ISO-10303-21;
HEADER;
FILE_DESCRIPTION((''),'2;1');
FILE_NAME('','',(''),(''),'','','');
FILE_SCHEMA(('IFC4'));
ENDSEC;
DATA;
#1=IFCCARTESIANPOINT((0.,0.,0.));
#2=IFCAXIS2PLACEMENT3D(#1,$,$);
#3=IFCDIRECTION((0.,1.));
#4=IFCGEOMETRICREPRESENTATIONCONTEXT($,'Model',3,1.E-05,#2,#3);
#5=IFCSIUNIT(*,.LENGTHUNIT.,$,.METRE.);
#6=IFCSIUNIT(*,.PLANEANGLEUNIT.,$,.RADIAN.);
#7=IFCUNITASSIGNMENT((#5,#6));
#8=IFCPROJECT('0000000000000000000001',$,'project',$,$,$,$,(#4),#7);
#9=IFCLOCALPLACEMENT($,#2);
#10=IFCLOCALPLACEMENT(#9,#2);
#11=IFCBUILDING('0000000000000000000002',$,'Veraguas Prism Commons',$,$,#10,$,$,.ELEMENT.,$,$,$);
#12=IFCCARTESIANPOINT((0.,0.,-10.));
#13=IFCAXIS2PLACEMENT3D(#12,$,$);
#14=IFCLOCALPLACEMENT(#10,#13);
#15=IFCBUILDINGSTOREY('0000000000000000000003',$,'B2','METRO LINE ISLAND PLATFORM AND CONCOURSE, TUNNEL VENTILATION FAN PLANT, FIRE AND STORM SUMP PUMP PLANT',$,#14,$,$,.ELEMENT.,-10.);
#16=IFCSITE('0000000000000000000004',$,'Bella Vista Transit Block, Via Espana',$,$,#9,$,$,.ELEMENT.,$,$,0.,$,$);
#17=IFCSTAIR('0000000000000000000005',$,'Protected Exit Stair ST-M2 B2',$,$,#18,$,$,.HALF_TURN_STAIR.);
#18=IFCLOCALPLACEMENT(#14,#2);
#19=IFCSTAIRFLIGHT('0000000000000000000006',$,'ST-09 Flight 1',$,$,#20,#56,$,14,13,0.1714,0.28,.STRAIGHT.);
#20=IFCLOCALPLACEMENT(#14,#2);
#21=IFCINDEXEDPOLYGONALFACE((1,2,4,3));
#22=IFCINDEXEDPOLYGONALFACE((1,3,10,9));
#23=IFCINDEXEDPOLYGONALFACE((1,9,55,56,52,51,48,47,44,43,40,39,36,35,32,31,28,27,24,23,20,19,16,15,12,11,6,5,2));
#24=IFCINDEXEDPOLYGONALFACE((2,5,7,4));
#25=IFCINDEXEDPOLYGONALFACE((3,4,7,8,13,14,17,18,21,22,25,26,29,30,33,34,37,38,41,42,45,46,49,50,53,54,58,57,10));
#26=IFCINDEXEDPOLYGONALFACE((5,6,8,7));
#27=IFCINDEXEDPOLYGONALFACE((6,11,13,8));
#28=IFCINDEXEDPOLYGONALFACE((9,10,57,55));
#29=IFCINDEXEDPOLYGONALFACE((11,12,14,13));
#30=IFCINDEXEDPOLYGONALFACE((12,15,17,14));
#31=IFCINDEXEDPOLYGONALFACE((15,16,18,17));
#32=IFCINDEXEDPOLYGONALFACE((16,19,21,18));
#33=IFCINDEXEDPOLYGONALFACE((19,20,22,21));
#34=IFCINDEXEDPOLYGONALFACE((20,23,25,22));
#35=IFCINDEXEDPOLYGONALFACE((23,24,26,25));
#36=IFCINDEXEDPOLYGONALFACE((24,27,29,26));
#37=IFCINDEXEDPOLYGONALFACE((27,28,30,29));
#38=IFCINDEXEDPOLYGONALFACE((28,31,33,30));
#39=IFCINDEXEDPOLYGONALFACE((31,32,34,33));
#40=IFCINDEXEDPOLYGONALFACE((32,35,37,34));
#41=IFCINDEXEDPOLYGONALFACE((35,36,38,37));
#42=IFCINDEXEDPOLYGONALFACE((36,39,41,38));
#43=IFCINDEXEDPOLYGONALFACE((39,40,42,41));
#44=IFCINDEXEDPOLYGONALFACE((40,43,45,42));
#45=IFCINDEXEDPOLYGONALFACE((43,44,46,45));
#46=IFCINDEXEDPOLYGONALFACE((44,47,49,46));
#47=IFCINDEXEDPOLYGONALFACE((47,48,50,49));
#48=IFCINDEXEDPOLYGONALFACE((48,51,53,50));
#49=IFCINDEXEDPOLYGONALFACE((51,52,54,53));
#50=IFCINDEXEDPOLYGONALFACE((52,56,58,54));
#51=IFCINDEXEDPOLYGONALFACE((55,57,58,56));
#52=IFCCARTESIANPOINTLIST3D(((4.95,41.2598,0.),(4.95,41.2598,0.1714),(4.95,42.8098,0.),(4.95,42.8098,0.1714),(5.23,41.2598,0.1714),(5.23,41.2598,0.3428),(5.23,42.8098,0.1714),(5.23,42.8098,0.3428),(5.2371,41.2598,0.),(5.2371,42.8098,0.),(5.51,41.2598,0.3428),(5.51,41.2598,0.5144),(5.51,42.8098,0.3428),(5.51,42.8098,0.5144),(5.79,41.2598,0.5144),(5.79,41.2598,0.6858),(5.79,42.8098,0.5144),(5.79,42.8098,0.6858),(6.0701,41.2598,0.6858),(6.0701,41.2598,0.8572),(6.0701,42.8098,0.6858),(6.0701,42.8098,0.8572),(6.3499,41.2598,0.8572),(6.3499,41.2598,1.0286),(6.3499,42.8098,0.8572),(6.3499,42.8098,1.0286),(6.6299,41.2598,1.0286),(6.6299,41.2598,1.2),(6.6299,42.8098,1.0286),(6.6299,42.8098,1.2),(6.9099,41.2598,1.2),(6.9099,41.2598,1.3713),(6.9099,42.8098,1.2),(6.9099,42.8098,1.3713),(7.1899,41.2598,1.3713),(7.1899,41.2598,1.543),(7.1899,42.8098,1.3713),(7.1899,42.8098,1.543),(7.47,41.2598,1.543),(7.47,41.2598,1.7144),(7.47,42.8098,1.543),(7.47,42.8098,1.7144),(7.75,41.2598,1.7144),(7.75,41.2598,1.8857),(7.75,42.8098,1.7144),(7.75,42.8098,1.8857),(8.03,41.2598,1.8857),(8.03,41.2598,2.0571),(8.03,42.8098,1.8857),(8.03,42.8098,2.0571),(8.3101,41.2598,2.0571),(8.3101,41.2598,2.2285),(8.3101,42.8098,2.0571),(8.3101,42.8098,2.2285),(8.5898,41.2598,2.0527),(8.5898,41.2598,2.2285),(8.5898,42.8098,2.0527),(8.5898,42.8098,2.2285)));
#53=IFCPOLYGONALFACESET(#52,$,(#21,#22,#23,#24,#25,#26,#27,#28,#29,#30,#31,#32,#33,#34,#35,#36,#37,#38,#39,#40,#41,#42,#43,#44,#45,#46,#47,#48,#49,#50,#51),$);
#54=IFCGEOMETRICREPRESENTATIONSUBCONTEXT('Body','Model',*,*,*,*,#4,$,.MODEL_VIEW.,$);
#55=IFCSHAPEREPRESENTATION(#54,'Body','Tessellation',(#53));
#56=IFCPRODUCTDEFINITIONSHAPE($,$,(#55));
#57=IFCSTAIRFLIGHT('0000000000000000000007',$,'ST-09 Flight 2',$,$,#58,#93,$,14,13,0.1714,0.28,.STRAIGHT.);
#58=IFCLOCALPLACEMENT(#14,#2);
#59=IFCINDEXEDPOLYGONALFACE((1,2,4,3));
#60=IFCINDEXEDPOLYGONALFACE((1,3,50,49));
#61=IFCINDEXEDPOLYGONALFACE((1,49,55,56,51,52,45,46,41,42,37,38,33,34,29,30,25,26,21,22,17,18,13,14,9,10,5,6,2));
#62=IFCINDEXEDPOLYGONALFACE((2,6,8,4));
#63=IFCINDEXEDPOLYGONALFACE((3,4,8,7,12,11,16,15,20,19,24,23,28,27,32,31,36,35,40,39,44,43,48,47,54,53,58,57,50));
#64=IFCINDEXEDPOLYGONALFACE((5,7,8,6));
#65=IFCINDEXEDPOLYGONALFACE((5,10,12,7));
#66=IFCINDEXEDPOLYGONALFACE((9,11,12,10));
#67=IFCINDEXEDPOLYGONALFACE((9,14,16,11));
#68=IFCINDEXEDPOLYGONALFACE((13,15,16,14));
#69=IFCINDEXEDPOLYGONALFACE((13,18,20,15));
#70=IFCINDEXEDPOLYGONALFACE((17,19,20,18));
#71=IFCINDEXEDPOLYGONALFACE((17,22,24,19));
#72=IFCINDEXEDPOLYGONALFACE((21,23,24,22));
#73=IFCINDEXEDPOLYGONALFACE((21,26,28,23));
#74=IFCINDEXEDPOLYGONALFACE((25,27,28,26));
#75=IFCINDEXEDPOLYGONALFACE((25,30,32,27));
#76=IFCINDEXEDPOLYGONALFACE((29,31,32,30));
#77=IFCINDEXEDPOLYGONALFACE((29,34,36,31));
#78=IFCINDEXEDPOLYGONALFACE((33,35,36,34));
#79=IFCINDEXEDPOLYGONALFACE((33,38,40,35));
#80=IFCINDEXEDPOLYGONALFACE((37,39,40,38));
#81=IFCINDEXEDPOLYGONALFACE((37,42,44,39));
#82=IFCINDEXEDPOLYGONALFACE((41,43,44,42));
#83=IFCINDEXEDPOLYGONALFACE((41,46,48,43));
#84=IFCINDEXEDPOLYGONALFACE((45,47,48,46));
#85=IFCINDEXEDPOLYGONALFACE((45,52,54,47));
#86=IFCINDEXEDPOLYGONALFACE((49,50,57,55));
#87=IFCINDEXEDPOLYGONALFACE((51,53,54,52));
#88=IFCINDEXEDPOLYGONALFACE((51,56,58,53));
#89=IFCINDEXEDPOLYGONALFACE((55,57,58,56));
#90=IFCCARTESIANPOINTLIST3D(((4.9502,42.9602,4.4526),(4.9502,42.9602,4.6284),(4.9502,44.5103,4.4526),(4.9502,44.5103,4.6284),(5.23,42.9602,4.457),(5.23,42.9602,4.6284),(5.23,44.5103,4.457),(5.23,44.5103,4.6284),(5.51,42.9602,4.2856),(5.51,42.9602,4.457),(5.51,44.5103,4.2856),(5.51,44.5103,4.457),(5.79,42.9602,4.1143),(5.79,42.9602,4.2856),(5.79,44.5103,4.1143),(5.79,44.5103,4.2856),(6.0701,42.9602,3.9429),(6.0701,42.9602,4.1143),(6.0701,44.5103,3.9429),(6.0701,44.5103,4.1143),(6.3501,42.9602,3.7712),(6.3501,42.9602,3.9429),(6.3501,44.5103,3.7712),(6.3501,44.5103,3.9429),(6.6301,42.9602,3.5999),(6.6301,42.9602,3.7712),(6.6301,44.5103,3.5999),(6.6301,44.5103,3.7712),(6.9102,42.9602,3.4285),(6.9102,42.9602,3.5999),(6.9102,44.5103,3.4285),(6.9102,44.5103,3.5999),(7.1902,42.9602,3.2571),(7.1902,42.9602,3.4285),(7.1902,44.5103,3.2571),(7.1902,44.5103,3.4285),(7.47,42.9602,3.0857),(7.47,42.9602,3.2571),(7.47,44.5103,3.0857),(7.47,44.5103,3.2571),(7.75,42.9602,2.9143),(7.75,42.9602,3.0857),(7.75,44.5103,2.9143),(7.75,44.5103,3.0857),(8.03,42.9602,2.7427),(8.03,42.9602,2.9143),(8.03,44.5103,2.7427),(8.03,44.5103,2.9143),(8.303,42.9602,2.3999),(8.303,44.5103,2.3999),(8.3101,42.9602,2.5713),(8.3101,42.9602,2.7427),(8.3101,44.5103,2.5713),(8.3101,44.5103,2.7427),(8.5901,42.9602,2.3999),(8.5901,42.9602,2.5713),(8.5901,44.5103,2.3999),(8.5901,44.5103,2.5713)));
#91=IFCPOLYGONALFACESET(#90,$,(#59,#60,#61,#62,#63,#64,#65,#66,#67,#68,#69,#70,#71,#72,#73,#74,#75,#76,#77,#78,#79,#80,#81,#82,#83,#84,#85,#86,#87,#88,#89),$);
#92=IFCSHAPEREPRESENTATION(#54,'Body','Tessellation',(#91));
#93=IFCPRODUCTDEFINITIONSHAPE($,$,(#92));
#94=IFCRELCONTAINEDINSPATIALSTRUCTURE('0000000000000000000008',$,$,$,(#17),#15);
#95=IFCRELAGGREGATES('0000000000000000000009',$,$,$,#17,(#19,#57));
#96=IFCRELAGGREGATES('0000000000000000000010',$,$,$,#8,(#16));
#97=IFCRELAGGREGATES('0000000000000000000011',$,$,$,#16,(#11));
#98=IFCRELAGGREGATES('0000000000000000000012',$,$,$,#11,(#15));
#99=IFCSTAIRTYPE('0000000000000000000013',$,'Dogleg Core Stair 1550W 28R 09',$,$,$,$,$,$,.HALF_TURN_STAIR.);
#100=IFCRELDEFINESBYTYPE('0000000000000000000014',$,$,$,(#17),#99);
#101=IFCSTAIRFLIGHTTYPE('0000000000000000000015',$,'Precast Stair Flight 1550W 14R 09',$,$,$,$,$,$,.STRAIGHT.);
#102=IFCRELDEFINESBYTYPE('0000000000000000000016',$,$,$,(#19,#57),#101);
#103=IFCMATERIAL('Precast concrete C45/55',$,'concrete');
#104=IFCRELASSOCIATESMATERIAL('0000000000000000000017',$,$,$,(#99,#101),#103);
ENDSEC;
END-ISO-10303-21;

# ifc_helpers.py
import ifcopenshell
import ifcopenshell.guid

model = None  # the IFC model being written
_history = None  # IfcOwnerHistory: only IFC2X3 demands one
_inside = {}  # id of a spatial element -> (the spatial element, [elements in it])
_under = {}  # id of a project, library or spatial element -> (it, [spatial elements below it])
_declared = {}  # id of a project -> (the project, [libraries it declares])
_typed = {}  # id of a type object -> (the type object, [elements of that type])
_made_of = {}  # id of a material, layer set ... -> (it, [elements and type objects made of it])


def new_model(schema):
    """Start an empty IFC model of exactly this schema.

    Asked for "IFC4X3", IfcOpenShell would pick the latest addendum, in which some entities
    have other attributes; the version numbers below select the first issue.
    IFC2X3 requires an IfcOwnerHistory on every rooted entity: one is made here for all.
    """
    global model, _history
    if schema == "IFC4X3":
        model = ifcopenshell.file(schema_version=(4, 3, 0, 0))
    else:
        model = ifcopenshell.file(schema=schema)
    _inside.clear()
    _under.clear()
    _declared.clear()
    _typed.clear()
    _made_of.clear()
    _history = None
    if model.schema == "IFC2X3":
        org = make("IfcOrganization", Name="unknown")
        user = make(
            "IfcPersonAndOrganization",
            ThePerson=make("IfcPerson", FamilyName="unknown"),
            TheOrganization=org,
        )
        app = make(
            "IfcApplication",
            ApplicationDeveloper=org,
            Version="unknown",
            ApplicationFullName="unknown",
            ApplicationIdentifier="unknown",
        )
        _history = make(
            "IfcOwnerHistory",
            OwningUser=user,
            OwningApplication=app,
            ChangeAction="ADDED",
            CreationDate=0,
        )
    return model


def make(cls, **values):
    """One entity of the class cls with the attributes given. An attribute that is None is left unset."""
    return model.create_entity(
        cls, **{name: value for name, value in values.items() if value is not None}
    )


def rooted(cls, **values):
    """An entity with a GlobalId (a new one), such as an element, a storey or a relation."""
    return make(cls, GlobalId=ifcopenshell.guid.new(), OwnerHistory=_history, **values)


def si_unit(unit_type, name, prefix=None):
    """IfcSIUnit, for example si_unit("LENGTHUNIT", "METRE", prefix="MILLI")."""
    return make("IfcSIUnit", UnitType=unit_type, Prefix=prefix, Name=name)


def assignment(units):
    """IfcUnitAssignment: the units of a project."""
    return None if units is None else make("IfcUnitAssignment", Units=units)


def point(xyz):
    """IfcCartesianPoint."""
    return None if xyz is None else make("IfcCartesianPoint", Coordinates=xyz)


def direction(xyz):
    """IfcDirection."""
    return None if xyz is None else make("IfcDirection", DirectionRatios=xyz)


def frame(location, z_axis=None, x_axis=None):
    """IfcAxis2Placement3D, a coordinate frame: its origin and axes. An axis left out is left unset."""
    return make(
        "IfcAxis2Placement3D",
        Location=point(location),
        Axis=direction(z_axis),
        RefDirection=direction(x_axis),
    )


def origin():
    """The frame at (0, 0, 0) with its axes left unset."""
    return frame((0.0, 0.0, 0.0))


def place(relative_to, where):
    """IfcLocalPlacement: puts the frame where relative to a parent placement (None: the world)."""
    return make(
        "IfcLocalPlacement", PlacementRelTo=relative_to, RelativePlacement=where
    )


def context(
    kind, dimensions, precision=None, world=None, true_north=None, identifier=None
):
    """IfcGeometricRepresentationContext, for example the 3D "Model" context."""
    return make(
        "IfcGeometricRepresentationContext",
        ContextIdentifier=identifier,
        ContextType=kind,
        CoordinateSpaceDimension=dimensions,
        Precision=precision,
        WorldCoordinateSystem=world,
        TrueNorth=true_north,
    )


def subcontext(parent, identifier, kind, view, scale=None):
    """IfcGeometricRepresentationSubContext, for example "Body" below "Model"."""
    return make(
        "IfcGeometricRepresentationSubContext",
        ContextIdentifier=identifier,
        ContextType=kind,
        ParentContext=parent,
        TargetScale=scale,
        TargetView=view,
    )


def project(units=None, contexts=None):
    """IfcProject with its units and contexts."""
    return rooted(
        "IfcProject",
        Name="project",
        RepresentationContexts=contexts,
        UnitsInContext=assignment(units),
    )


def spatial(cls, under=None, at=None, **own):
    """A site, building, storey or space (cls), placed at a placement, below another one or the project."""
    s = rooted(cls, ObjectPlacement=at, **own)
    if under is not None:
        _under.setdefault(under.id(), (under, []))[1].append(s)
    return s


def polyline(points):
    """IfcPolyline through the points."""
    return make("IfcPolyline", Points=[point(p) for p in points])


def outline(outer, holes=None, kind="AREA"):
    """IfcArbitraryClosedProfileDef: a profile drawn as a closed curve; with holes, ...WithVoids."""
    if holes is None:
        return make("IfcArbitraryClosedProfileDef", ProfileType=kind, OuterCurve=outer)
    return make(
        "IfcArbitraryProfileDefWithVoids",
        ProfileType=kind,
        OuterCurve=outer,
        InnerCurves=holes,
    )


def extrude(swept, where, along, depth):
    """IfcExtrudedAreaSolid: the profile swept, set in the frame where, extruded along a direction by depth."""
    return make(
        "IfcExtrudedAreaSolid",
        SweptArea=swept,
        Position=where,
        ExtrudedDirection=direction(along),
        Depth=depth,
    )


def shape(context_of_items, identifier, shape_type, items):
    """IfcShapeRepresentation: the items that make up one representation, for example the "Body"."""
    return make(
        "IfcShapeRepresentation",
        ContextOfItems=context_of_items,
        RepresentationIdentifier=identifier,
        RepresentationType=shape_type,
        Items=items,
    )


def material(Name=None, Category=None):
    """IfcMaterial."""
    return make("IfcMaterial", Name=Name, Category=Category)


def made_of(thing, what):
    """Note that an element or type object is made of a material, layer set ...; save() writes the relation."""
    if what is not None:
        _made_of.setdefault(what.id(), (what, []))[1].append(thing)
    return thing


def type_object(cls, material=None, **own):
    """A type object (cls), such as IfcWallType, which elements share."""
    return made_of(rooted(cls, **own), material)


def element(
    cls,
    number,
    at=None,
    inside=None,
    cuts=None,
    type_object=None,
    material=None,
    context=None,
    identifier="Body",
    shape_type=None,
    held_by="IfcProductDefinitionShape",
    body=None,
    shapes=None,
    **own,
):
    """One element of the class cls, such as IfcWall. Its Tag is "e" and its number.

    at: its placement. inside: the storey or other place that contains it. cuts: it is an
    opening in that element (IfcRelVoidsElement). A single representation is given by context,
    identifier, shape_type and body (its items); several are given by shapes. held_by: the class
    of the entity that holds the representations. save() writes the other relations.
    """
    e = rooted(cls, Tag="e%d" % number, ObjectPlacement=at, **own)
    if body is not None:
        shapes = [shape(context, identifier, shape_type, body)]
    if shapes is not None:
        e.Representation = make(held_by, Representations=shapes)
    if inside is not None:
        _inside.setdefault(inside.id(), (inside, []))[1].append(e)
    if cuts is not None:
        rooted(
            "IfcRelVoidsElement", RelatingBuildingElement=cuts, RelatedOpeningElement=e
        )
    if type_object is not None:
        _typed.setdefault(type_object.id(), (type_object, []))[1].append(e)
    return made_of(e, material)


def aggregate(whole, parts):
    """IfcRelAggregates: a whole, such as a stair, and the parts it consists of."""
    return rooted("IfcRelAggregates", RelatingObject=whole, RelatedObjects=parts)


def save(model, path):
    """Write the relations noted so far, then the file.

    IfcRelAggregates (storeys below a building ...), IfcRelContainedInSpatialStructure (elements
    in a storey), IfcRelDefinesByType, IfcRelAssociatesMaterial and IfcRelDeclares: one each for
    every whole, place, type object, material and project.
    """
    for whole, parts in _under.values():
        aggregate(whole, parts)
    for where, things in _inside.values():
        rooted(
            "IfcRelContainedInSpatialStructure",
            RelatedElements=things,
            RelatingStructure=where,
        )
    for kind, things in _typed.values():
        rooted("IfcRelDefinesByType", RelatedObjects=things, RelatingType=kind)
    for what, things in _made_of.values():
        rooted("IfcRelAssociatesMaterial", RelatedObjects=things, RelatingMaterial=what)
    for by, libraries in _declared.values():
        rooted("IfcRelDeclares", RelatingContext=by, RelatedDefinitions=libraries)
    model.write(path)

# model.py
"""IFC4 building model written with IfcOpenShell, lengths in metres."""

from ifc_helpers import new_model, si_unit, direction, frame, origin, place, context, subcontext, project, spatial, polyline, outline, extrude, material, type_object, element, aggregate, save


model = new_model("IFC4")

# Units and contexts
model_context = context("Model", 3, precision=1e-05, world=origin(), true_north=direction((0.0, 1.0)))
body_context = subcontext(model_context, "Body", "Model", "MODEL_VIEW")
ifc_project = project(units=[si_unit("LENGTHUNIT", "METRE"), si_unit("PLANEANGLEUNIT", "RADIAN")], contexts=[model_context])

# Site, building, storey
site_placement = place(None, origin())
site = spatial("IfcSite", under=ifc_project, at=site_placement, Name="Bella Vista Transit Block, Via Espana", CompositionType="ELEMENT", RefElevation=0.0)
building_placement = place(site_placement, origin())
building = spatial("IfcBuilding", under=site, at=building_placement, Name="Veraguas Prism Commons", CompositionType="ELEMENT")
storey_placement = place(building_placement, frame((0.0, 0.0, -10.0)))
storey = spatial("IfcBuildingStorey", under=building, at=storey_placement, Name="B2", Description="METRO LINE ISLAND PLATFORM AND CONCOURSE, TUNNEL VENTILATION FAN PLANT, FIRE AND STORM SUMP PUMP PLANT", CompositionType="ELEMENT", Elevation=-10.0)

# Stair, stair flights
ifc_material_1 = material(Name="Precast concrete C45/55", Category="concrete")
stair_type = type_object("IfcStairType", Name="Dogleg Core Stair 1550W 28R 09", PredefinedType="HALF_TURN_STAIR", material=ifc_material_1)
stair_placement = place(storey_placement, origin())
stair = element("IfcStair", 1, at=stair_placement, inside=storey, type_object=stair_type, Name="Protected Exit Stair ST-M2 B2", PredefinedType="HALF_TURN_STAIR")
stair_flight_type = type_object("IfcStairFlightType", Name="Precast Stair Flight 1550W 14R 09", PredefinedType="STRAIGHT", material=ifc_material_1)
stair_flight_1_placement = place(storey_placement, frame((4.95, 42.0349, 0.0), z_axis=(0.0, 0.0, 1.0), x_axis=(1.0, 0.0, 0.0)))
stair_flight_1 = element("IfcStairFlight", 2, at=stair_flight_1_placement, type_object=stair_flight_type, Name="ST-09 Flight 1", NumberOfRisers=14, NumberOfTreads=13, PredefinedType="STRAIGHT", RiserHeight=0.1714, TreadLength=0.28, context=body_context, shape_type="SweptSolid", body=[
    extrude(outline(polyline([(0.0, 0.0), (0.0, 0.1714), (0.28, 0.1714), (0.28, 0.3428), (0.5601, 0.3428), (0.5601, 0.5144), (0.8401, 0.5144), (0.8401, 0.6858), (1.1201, 0.6858), (1.1201, 0.8572), (1.3999, 0.8572), (1.3999, 1.0286), (1.6799, 1.0286), (1.6799, 1.2), (1.96, 1.2), (1.96, 1.3713), (2.24, 1.3713), (2.24, 1.543), (2.52, 1.543), (2.52, 1.7144), (2.8, 1.7144), (2.8, 1.8857), (3.0801, 1.8857), (3.0801, 2.0571), (3.3601, 2.0571), (3.3601, 2.2285), (3.6399, 2.2285), (3.6399, 2.3999), (3.6399, 2.0527), (0.2871, 0.0), (0.0, 0.0)])), frame((0.0, 0.7749, 0.0), z_axis=(0.0, -1.0, 0.0), x_axis=(1.0, 0.0, 0.0)), (0.0, 0.0, 1.0), 1.55),
])
stair_flight_2_placement = place(storey_placement, frame((8.5901, 43.7351, 2.3999), z_axis=(0.0, 0.0, 1.0), x_axis=(-1.0, 0.0, 0.0)))
stair_flight_2 = element("IfcStairFlight", 3, at=stair_flight_2_placement, type_object=stair_flight_type, Name="ST-09 Flight 2", NumberOfRisers=14, NumberOfTreads=13, PredefinedType="STRAIGHT", RiserHeight=0.1714, TreadLength=0.28, context=body_context, shape_type="SweptSolid", body=[
    extrude(outline(polyline([(0.0, 0.0), (0.0, 0.1714), (0.28, 0.1714), (0.28, 0.3428), (0.5601, 0.3428), (0.5601, 0.5144), (0.8401, 0.5144), (0.8401, 0.6858), (1.1201, 0.6858), (1.1201, 0.8572), (1.3999, 0.8572), (1.3999, 1.0286), (1.6799, 1.0286), (1.6799, 1.2), (1.96, 1.2), (1.96, 1.3713), (2.24, 1.3713), (2.24, 1.543), (2.52, 1.543), (2.52, 1.7144), (2.8, 1.7144), (2.8, 1.8857), (3.0801, 1.8857), (3.0801, 2.0571), (3.3601, 2.0571), (3.3601, 2.2285), (3.6399, 2.2285), (3.6399, 2.3999), (3.6399, 2.0527), (0.2871, 0.0), (0.0, 0.0)])), frame((0.0, 0.7749, 0.0), z_axis=(0.0, -1.0, 0.0), x_axis=(1.0, 0.0, 0.0)), (0.0, 0.0, 1.0), 1.55),
])
aggregate(stair, [stair_flight_1, stair_flight_2])

save(model, "model.ifc")
